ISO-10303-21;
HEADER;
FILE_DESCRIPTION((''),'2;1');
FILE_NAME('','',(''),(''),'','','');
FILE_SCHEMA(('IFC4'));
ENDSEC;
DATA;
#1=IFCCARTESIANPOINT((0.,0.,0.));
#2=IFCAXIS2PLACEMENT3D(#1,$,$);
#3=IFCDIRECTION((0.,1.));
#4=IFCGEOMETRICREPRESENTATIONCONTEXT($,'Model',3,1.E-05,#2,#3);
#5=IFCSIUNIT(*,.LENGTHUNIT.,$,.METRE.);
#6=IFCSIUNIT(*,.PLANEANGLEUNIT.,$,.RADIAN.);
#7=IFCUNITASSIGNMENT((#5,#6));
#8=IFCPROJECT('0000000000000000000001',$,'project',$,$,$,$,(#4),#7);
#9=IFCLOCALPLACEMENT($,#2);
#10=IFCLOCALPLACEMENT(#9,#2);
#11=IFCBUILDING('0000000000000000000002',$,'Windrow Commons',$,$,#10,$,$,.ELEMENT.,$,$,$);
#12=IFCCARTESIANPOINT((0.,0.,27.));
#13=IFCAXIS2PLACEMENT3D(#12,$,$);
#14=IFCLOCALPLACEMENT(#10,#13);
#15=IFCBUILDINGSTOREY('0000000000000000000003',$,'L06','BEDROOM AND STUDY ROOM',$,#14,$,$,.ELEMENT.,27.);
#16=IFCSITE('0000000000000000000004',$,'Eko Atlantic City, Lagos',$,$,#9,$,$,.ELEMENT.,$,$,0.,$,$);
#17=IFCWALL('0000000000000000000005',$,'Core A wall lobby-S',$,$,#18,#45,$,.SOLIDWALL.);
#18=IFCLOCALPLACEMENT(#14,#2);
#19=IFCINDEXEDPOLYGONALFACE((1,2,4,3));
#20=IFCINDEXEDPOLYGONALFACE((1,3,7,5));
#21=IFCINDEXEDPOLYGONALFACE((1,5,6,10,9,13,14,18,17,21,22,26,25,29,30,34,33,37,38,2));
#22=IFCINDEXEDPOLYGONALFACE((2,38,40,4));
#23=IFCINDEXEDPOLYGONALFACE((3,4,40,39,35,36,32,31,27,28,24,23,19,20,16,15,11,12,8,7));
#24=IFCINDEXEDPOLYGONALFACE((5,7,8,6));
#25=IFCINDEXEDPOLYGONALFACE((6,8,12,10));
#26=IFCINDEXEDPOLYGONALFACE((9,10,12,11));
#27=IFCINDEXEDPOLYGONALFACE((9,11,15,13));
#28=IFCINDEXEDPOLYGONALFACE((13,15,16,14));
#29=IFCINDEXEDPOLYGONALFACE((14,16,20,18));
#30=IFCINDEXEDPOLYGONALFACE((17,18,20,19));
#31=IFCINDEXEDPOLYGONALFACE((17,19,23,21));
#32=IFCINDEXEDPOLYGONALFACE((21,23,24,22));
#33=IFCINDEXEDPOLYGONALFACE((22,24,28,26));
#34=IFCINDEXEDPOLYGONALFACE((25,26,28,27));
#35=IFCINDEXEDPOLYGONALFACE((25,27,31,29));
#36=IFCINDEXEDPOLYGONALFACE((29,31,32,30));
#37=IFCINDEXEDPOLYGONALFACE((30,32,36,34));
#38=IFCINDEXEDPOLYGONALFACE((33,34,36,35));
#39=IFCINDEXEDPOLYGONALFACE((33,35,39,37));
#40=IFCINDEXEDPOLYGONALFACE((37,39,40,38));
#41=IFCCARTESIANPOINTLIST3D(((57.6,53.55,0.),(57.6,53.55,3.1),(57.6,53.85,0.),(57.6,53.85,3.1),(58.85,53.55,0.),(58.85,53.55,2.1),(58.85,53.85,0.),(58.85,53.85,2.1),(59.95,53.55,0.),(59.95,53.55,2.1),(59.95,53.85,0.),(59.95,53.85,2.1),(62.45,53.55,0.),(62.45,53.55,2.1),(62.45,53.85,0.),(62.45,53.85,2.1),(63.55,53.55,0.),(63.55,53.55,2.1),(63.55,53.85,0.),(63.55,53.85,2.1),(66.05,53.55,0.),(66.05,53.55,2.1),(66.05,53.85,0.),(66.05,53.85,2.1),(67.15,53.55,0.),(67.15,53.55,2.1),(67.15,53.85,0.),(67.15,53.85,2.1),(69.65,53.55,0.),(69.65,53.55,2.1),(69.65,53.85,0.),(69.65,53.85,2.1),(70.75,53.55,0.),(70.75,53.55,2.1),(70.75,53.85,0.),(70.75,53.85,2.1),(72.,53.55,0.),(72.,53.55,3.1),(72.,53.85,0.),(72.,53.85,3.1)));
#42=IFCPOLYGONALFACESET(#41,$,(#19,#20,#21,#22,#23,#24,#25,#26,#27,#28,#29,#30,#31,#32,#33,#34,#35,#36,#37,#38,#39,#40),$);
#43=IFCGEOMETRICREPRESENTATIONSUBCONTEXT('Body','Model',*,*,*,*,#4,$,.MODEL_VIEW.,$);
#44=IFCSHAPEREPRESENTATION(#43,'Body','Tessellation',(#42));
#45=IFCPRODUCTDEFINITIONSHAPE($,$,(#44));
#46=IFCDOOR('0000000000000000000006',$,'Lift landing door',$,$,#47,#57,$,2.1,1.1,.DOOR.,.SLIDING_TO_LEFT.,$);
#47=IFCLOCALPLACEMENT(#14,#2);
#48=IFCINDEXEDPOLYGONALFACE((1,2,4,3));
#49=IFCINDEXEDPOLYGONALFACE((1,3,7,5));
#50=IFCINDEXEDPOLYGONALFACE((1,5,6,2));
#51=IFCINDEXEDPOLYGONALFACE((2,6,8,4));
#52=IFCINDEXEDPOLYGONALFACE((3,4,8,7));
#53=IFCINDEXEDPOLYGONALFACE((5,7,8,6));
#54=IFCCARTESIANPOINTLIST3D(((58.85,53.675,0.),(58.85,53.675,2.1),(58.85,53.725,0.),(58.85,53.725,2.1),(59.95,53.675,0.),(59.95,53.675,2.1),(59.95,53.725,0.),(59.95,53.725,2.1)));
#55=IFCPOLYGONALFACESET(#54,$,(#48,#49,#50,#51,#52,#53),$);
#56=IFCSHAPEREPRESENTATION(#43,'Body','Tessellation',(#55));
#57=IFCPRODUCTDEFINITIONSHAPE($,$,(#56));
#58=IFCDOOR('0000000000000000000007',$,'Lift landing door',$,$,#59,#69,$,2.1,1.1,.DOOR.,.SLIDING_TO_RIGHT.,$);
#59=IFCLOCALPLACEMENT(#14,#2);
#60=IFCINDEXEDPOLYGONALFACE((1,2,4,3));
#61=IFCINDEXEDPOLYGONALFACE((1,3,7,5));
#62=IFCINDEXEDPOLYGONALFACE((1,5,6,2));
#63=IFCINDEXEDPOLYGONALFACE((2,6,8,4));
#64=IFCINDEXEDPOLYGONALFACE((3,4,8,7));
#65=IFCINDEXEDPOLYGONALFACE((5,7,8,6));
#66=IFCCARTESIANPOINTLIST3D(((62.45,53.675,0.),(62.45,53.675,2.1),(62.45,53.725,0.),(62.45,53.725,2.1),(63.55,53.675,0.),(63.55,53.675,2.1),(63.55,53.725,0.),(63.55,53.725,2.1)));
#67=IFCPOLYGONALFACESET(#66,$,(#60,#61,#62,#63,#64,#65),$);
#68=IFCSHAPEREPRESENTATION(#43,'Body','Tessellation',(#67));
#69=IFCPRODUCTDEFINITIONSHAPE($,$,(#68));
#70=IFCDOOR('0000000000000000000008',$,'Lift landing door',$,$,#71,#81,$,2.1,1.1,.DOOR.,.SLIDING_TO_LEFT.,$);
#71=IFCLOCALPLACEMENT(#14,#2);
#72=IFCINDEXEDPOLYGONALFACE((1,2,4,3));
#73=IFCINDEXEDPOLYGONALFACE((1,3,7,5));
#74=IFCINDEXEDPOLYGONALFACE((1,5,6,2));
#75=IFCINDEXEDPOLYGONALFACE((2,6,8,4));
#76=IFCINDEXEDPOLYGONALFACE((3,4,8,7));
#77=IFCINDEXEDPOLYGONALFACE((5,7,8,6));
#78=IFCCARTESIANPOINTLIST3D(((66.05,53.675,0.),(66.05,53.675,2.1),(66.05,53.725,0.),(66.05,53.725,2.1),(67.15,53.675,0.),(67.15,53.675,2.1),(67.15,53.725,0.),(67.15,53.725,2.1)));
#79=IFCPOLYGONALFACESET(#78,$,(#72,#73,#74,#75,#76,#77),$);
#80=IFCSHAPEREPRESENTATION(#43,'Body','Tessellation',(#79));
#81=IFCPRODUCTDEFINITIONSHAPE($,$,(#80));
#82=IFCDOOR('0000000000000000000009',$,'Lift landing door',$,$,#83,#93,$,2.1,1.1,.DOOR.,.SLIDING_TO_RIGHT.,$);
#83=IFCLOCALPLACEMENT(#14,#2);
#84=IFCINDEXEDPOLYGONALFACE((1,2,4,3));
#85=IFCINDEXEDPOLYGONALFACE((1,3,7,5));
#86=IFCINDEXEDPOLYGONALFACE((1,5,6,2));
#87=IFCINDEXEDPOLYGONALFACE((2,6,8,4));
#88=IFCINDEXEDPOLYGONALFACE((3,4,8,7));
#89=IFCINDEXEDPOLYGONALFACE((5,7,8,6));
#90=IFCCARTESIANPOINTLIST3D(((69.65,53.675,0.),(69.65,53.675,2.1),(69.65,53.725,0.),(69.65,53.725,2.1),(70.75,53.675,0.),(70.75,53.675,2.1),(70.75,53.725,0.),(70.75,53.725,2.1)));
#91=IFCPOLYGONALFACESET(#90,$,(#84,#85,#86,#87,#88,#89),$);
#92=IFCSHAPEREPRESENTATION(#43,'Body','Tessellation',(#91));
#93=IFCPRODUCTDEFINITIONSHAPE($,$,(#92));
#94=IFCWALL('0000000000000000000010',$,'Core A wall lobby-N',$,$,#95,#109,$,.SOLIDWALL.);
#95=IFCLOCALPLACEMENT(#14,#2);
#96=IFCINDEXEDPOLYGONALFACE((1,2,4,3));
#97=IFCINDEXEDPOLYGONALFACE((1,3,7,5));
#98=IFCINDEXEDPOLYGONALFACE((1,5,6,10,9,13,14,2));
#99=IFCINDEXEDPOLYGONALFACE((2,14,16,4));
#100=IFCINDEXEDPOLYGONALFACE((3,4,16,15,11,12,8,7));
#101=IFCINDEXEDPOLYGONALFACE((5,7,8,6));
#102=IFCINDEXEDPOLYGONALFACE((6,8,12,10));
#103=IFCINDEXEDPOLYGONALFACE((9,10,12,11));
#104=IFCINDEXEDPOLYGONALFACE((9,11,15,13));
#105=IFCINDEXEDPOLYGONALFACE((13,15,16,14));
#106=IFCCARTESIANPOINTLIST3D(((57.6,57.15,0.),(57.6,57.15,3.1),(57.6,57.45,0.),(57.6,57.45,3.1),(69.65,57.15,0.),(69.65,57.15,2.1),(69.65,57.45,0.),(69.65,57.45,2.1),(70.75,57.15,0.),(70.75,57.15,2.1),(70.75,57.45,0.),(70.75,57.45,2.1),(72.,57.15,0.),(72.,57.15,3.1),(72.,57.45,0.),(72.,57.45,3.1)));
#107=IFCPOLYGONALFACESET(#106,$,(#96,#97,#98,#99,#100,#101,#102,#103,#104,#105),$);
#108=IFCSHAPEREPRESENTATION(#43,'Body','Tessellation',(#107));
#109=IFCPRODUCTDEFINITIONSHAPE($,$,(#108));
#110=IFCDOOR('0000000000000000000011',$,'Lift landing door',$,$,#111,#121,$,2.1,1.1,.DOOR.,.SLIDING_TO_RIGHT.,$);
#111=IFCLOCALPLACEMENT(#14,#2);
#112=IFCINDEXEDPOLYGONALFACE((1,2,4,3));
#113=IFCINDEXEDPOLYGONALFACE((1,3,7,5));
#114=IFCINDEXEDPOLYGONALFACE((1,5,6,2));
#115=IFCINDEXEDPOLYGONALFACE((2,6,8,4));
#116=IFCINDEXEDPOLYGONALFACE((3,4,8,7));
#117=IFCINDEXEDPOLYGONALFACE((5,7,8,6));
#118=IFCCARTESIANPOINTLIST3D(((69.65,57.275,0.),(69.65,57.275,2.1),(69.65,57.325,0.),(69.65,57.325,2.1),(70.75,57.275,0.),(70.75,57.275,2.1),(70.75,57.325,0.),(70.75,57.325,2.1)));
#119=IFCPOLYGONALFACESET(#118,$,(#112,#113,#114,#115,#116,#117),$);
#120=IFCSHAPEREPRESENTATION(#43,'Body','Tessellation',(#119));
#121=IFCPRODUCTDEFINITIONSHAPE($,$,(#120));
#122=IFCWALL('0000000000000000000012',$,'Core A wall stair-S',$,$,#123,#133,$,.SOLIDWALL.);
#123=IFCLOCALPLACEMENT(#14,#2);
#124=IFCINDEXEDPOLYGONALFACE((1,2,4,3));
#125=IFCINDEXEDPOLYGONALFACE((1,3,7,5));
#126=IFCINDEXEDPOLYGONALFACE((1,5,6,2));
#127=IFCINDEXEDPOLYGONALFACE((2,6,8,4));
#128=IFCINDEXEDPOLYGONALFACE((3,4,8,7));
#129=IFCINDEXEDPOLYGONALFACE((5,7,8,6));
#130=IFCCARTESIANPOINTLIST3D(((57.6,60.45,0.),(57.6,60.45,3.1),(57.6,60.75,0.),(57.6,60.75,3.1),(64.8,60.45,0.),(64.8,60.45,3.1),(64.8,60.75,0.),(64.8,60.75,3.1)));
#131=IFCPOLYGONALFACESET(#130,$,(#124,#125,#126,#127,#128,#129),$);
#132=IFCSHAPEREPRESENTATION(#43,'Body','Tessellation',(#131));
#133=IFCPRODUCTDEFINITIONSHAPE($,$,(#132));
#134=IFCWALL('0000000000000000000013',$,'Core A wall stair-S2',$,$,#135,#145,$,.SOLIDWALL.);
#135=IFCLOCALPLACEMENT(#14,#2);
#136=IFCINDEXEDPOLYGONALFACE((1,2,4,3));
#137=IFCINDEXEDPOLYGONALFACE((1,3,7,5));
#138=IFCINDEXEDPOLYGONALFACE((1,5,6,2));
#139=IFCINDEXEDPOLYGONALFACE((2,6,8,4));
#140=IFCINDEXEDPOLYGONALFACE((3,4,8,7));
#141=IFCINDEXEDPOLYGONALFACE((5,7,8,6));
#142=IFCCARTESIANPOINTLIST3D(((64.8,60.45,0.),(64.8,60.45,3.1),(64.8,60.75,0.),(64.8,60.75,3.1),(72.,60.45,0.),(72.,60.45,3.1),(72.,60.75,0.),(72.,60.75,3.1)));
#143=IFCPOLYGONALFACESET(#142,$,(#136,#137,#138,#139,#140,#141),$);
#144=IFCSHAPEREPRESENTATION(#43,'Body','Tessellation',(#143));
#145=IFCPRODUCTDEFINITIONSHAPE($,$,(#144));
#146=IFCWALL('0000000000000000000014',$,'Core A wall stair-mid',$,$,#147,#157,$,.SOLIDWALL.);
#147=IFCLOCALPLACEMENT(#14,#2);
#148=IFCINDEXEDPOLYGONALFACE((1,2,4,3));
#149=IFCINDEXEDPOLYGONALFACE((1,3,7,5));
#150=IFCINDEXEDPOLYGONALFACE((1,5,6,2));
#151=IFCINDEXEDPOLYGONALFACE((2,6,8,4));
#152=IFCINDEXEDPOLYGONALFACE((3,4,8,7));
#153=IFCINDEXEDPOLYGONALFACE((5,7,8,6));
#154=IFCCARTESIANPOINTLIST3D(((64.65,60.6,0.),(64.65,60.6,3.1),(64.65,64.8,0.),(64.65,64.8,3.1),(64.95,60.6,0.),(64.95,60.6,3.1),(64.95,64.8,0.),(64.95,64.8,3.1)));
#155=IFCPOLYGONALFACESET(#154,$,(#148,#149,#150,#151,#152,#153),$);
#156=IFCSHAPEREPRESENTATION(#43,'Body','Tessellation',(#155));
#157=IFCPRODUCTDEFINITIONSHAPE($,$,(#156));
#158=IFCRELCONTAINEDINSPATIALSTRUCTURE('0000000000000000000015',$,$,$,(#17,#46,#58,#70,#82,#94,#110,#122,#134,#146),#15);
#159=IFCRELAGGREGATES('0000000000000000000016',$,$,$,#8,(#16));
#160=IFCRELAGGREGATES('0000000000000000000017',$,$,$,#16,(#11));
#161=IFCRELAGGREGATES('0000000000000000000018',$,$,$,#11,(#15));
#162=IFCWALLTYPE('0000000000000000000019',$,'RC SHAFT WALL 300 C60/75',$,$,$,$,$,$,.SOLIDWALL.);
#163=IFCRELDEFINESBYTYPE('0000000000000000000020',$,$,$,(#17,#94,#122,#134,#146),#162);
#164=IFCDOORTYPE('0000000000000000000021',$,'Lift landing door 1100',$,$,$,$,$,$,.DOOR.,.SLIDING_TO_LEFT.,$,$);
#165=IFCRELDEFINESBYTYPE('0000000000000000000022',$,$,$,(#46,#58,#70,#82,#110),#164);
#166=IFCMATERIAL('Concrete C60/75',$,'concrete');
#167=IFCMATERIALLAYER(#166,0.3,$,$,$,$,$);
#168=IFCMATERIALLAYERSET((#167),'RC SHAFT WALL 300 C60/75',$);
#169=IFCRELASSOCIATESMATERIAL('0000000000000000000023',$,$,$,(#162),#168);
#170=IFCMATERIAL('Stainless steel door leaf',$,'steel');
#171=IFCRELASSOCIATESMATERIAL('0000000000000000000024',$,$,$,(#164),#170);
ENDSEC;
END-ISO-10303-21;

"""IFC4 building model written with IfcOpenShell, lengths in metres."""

from ifc_helpers import new_model, si_unit, direction, frame, frame_2d, origin, place, context, subcontext, project, spatial, rectangle, extrude, material, layer, layer_set, type_object, element, fill, save


model = new_model("IFC4")

# Units and contexts
model_context = context("Model", 3, precision=1e-05, world=origin(), true_north=direction((0.0, 1.0)))
body_context = subcontext(model_context, "Body", "Model", "MODEL_VIEW")
ifc_project = project(units=[si_unit("LENGTHUNIT", "METRE"), si_unit("PLANEANGLEUNIT", "RADIAN")], contexts=[model_context])

# Site, building, storey
site_placement = place(None, origin())
site = spatial("IfcSite", under=ifc_project, at=site_placement, Name="Eko Atlantic City, Lagos", CompositionType="ELEMENT", RefElevation=0.0)
building_placement = place(site_placement, origin())
building = spatial("IfcBuilding", under=site, at=building_placement, Name="Windrow Commons", CompositionType="ELEMENT")
storey_placement = place(building_placement, frame((0.0, 0.0, 27.0)))
storey = spatial("IfcBuildingStorey", under=building, at=storey_placement, Name="L06", Description="BEDROOM AND STUDY ROOM", CompositionType="ELEMENT", Elevation=27.0)

# Shared definitions
ifc_material_1 = material(Name="Concrete C60/75", Category="concrete")
ifc_layer_1 = layer(ifc_material_1, 0.3)
ifc_layer_set_1 = layer_set([ifc_layer_1], Name="RC SHAFT WALL 300 C60/75")
wall_type_1 = type_object("IfcWallType", Name="RC SHAFT WALL 300 C60/75", PredefinedType="SOLIDWALL", material=ifc_layer_set_1)

# Wall, openings, doors
wall_1_placement = place(storey_placement, frame((57.6, 53.7, 0.0), z_axis=(0.0, 0.0, 1.0), x_axis=(1.0, 0.0, 0.0)))
wall_1 = element("IfcWall", 1, at=wall_1_placement, inside=storey, type_object=wall_type_1, Name="Core A wall lobby-S", PredefinedType="SOLIDWALL", context=body_context, shape_type="SweptSolid", body=[
    extrude(rectangle(XDim=14.4, YDim=0.3, at=frame_2d((7.2, 0.0))), origin(), (0.0, 0.0, 1.0), 3.1),
])
opening_1_placement = place(wall_1_placement, frame((1.25, 0.0, 0.0)))
opening_1 = element("IfcOpeningElement", 2, at=opening_1_placement, cuts=wall_1, PredefinedType="OPENING", context=body_context, shape_type="SweptSolid", body=[
    extrude(rectangle(XDim=1.1, YDim=2.1, at=frame_2d((0.55, 1.05))), frame((0.0, 0.16, 0.0), z_axis=(0.0, -1.0, 0.0), x_axis=(1.0, 0.0, 0.0)), (0.0, 0.0, 1.0), 0.32),
])
opening_2_placement = place(wall_1_placement, frame((4.85, 0.0, 0.0)))
opening_2 = element("IfcOpeningElement", 3, at=opening_2_placement, cuts=wall_1, PredefinedType="OPENING", context=body_context, shape_type="SweptSolid", body=[
    extrude(rectangle(XDim=1.1, YDim=2.1, at=frame_2d((0.55, 1.05))), frame((0.0, 0.16, 0.0), z_axis=(0.0, -1.0, 0.0), x_axis=(1.0, 0.0, 0.0)), (0.0, 0.0, 1.0), 0.32),
])
opening_3_placement = place(wall_1_placement, frame((8.45, 0.0, 0.0)))
opening_3 = element("IfcOpeningElement", 4, at=opening_3_placement, cuts=wall_1, PredefinedType="OPENING", context=body_context, shape_type="SweptSolid", body=[
    extrude(rectangle(XDim=1.1, YDim=2.1, at=frame_2d((0.55, 1.05))), frame((0.0, 0.16, 0.0), z_axis=(0.0, -1.0, 0.0), x_axis=(1.0, 0.0, 0.0)), (0.0, 0.0, 1.0), 0.32),
])
opening_4_placement = place(wall_1_placement, frame((12.05, 0.0, 0.0)))
opening_4 = element("IfcOpeningElement", 5, at=opening_4_placement, cuts=wall_1, PredefinedType="OPENING", context=body_context, shape_type="SweptSolid", body=[
    extrude(rectangle(XDim=1.1, YDim=2.1, at=frame_2d((0.55, 1.05))), frame((0.0, 0.16, 0.0), z_axis=(0.0, -1.0, 0.0), x_axis=(1.0, 0.0, 0.0)), (0.0, 0.0, 1.0), 0.32),
])
ifc_material_2 = material(Name="Stainless steel door leaf", Category="steel")
door_type_1 = type_object("IfcDoorType", Name="Lift landing door 1100", OperationType="SLIDING_TO_LEFT", PredefinedType="DOOR", material=ifc_material_2)
door_1_placement = place(opening_1_placement, origin())
door_1 = element("IfcDoor", 6, at=door_1_placement, inside=storey, type_object=door_type_1, Name="Lift landing door", OperationType="SLIDING_TO_LEFT", OverallHeight=2.1, OverallWidth=1.1, PredefinedType="DOOR", context=body_context, shape_type="SweptSolid", body=[
    extrude(rectangle(XDim=1.1, YDim=2.1, at=frame_2d((0.55, 1.05))), frame((0.0, 0.025, 0.0), z_axis=(0.0, -1.0, 0.0), x_axis=(1.0, 0.0, 0.0)), (0.0, 0.0, 1.0), 0.05),
])
fill(opening_1, door_1)
door_2_placement = place(opening_2_placement, origin())
door_2 = element("IfcDoor", 7, at=door_2_placement, inside=storey, type_object=door_type_1, Name="Lift landing door", OperationType="SLIDING_TO_RIGHT", OverallHeight=2.1, OverallWidth=1.1, PredefinedType="DOOR", context=body_context, shape_type="SweptSolid", body=[
    extrude(rectangle(XDim=1.1, YDim=2.1, at=frame_2d((0.55, 1.05))), frame((0.0, 0.025, 0.0), z_axis=(0.0, -1.0, 0.0), x_axis=(1.0, 0.0, 0.0)), (0.0, 0.0, 1.0), 0.05),
])
fill(opening_2, door_2)
door_3_placement = place(opening_3_placement, origin())
door_3 = element("IfcDoor", 8, at=door_3_placement, inside=storey, type_object=door_type_1, Name="Lift landing door", OperationType="SLIDING_TO_LEFT", OverallHeight=2.1, OverallWidth=1.1, PredefinedType="DOOR", context=body_context, shape_type="SweptSolid", body=[
    extrude(rectangle(XDim=1.1, YDim=2.1, at=frame_2d((0.55, 1.05))), frame((0.0, 0.025, 0.0), z_axis=(0.0, -1.0, 0.0), x_axis=(1.0, 0.0, 0.0)), (0.0, 0.0, 1.0), 0.05),
])
fill(opening_3, door_3)
door_4_placement = place(opening_4_placement, origin())
door_4 = element("IfcDoor", 9, at=door_4_placement, inside=storey, type_object=door_type_1, Name="Lift landing door", OperationType="SLIDING_TO_RIGHT", OverallHeight=2.1, OverallWidth=1.1, PredefinedType="DOOR", context=body_context, shape_type="SweptSolid", body=[
    extrude(rectangle(XDim=1.1, YDim=2.1, at=frame_2d((0.55, 1.05))), frame((0.0, 0.025, 0.0), z_axis=(0.0, -1.0, 0.0), x_axis=(1.0, 0.0, 0.0)), (0.0, 0.0, 1.0), 0.05),
])
fill(opening_4, door_4)

# Wall, opening, door
wall_2_placement = place(storey_placement, frame((57.6, 57.3, 0.0), z_axis=(0.0, 0.0, 1.0), x_axis=(1.0, 0.0, 0.0)))
wall_2 = element("IfcWall", 10, at=wall_2_placement, inside=storey, type_object=wall_type_1, Name="Core A wall lobby-N", PredefinedType="SOLIDWALL", context=body_context, shape_type="SweptSolid", body=[
    extrude(rectangle(XDim=14.4, YDim=0.3, at=frame_2d((7.2, 0.0))), origin(), (0.0, 0.0, 1.0), 3.1),
])
opening_5_placement = place(wall_2_placement, frame((12.05, 0.0, 0.0)))
opening_5 = element("IfcOpeningElement", 11, at=opening_5_placement, cuts=wall_2, PredefinedType="OPENING", context=body_context, shape_type="SweptSolid", body=[
    extrude(rectangle(XDim=1.1, YDim=2.1, at=frame_2d((0.55, 1.05))), frame((0.0, 0.16, 0.0), z_axis=(0.0, -1.0, 0.0), x_axis=(1.0, 0.0, 0.0)), (0.0, 0.0, 1.0), 0.32),
])
door_5_placement = place(opening_5_placement, origin())
door_5 = element("IfcDoor", 12, at=door_5_placement, inside=storey, type_object=door_type_1, Name="Lift landing door", OperationType="SLIDING_TO_RIGHT", OverallHeight=2.1, OverallWidth=1.1, PredefinedType="DOOR", context=body_context, shape_type="SweptSolid", body=[
    extrude(rectangle(XDim=1.1, YDim=2.1, at=frame_2d((0.55, 1.05))), frame((0.0, 0.025, 0.0), z_axis=(0.0, -1.0, 0.0), x_axis=(1.0, 0.0, 0.0)), (0.0, 0.0, 1.0), 0.05),
])
fill(opening_5, door_5)

# Walls
for number, where, z_axis, x_axis, name in (
    (13, (57.6, 60.6, 0.0), (0.0, 0.0, 1.0), (1.0, 0.0, 0.0), "Core A wall stair-S"),
    (14, (64.8, 60.6, 0.0), (0.0, 0.0, 1.0), (1.0, 0.0, 0.0), "Core A wall stair-S2"),
):
    element("IfcWall", number, at=place(storey_placement, frame(where, z_axis=z_axis, x_axis=x_axis)), inside=storey, type_object=wall_type_1, Name=name, PredefinedType="SOLIDWALL", context=body_context, shape_type="SweptSolid", body=[
        extrude(rectangle(XDim=7.2, YDim=0.3, at=frame_2d((3.6, 0.0))), origin(), (0.0, 0.0, 1.0), 3.1),
    ])
wall_3_placement = place(storey_placement, frame((64.8, 60.6, 0.0), z_axis=(0.0, 0.0, 1.0), x_axis=(0.0, 1.0, 0.0)))
element("IfcWall", 15, at=wall_3_placement, inside=storey, type_object=wall_type_1, Name="Core A wall stair-mid", PredefinedType="SOLIDWALL", context=body_context, shape_type="SweptSolid", body=[
    extrude(rectangle(XDim=4.2, YDim=0.3, at=frame_2d((2.1, 0.0))), origin(), (0.0, 0.0, 1.0), 3.1),
])

save(model, "model.ifc")
